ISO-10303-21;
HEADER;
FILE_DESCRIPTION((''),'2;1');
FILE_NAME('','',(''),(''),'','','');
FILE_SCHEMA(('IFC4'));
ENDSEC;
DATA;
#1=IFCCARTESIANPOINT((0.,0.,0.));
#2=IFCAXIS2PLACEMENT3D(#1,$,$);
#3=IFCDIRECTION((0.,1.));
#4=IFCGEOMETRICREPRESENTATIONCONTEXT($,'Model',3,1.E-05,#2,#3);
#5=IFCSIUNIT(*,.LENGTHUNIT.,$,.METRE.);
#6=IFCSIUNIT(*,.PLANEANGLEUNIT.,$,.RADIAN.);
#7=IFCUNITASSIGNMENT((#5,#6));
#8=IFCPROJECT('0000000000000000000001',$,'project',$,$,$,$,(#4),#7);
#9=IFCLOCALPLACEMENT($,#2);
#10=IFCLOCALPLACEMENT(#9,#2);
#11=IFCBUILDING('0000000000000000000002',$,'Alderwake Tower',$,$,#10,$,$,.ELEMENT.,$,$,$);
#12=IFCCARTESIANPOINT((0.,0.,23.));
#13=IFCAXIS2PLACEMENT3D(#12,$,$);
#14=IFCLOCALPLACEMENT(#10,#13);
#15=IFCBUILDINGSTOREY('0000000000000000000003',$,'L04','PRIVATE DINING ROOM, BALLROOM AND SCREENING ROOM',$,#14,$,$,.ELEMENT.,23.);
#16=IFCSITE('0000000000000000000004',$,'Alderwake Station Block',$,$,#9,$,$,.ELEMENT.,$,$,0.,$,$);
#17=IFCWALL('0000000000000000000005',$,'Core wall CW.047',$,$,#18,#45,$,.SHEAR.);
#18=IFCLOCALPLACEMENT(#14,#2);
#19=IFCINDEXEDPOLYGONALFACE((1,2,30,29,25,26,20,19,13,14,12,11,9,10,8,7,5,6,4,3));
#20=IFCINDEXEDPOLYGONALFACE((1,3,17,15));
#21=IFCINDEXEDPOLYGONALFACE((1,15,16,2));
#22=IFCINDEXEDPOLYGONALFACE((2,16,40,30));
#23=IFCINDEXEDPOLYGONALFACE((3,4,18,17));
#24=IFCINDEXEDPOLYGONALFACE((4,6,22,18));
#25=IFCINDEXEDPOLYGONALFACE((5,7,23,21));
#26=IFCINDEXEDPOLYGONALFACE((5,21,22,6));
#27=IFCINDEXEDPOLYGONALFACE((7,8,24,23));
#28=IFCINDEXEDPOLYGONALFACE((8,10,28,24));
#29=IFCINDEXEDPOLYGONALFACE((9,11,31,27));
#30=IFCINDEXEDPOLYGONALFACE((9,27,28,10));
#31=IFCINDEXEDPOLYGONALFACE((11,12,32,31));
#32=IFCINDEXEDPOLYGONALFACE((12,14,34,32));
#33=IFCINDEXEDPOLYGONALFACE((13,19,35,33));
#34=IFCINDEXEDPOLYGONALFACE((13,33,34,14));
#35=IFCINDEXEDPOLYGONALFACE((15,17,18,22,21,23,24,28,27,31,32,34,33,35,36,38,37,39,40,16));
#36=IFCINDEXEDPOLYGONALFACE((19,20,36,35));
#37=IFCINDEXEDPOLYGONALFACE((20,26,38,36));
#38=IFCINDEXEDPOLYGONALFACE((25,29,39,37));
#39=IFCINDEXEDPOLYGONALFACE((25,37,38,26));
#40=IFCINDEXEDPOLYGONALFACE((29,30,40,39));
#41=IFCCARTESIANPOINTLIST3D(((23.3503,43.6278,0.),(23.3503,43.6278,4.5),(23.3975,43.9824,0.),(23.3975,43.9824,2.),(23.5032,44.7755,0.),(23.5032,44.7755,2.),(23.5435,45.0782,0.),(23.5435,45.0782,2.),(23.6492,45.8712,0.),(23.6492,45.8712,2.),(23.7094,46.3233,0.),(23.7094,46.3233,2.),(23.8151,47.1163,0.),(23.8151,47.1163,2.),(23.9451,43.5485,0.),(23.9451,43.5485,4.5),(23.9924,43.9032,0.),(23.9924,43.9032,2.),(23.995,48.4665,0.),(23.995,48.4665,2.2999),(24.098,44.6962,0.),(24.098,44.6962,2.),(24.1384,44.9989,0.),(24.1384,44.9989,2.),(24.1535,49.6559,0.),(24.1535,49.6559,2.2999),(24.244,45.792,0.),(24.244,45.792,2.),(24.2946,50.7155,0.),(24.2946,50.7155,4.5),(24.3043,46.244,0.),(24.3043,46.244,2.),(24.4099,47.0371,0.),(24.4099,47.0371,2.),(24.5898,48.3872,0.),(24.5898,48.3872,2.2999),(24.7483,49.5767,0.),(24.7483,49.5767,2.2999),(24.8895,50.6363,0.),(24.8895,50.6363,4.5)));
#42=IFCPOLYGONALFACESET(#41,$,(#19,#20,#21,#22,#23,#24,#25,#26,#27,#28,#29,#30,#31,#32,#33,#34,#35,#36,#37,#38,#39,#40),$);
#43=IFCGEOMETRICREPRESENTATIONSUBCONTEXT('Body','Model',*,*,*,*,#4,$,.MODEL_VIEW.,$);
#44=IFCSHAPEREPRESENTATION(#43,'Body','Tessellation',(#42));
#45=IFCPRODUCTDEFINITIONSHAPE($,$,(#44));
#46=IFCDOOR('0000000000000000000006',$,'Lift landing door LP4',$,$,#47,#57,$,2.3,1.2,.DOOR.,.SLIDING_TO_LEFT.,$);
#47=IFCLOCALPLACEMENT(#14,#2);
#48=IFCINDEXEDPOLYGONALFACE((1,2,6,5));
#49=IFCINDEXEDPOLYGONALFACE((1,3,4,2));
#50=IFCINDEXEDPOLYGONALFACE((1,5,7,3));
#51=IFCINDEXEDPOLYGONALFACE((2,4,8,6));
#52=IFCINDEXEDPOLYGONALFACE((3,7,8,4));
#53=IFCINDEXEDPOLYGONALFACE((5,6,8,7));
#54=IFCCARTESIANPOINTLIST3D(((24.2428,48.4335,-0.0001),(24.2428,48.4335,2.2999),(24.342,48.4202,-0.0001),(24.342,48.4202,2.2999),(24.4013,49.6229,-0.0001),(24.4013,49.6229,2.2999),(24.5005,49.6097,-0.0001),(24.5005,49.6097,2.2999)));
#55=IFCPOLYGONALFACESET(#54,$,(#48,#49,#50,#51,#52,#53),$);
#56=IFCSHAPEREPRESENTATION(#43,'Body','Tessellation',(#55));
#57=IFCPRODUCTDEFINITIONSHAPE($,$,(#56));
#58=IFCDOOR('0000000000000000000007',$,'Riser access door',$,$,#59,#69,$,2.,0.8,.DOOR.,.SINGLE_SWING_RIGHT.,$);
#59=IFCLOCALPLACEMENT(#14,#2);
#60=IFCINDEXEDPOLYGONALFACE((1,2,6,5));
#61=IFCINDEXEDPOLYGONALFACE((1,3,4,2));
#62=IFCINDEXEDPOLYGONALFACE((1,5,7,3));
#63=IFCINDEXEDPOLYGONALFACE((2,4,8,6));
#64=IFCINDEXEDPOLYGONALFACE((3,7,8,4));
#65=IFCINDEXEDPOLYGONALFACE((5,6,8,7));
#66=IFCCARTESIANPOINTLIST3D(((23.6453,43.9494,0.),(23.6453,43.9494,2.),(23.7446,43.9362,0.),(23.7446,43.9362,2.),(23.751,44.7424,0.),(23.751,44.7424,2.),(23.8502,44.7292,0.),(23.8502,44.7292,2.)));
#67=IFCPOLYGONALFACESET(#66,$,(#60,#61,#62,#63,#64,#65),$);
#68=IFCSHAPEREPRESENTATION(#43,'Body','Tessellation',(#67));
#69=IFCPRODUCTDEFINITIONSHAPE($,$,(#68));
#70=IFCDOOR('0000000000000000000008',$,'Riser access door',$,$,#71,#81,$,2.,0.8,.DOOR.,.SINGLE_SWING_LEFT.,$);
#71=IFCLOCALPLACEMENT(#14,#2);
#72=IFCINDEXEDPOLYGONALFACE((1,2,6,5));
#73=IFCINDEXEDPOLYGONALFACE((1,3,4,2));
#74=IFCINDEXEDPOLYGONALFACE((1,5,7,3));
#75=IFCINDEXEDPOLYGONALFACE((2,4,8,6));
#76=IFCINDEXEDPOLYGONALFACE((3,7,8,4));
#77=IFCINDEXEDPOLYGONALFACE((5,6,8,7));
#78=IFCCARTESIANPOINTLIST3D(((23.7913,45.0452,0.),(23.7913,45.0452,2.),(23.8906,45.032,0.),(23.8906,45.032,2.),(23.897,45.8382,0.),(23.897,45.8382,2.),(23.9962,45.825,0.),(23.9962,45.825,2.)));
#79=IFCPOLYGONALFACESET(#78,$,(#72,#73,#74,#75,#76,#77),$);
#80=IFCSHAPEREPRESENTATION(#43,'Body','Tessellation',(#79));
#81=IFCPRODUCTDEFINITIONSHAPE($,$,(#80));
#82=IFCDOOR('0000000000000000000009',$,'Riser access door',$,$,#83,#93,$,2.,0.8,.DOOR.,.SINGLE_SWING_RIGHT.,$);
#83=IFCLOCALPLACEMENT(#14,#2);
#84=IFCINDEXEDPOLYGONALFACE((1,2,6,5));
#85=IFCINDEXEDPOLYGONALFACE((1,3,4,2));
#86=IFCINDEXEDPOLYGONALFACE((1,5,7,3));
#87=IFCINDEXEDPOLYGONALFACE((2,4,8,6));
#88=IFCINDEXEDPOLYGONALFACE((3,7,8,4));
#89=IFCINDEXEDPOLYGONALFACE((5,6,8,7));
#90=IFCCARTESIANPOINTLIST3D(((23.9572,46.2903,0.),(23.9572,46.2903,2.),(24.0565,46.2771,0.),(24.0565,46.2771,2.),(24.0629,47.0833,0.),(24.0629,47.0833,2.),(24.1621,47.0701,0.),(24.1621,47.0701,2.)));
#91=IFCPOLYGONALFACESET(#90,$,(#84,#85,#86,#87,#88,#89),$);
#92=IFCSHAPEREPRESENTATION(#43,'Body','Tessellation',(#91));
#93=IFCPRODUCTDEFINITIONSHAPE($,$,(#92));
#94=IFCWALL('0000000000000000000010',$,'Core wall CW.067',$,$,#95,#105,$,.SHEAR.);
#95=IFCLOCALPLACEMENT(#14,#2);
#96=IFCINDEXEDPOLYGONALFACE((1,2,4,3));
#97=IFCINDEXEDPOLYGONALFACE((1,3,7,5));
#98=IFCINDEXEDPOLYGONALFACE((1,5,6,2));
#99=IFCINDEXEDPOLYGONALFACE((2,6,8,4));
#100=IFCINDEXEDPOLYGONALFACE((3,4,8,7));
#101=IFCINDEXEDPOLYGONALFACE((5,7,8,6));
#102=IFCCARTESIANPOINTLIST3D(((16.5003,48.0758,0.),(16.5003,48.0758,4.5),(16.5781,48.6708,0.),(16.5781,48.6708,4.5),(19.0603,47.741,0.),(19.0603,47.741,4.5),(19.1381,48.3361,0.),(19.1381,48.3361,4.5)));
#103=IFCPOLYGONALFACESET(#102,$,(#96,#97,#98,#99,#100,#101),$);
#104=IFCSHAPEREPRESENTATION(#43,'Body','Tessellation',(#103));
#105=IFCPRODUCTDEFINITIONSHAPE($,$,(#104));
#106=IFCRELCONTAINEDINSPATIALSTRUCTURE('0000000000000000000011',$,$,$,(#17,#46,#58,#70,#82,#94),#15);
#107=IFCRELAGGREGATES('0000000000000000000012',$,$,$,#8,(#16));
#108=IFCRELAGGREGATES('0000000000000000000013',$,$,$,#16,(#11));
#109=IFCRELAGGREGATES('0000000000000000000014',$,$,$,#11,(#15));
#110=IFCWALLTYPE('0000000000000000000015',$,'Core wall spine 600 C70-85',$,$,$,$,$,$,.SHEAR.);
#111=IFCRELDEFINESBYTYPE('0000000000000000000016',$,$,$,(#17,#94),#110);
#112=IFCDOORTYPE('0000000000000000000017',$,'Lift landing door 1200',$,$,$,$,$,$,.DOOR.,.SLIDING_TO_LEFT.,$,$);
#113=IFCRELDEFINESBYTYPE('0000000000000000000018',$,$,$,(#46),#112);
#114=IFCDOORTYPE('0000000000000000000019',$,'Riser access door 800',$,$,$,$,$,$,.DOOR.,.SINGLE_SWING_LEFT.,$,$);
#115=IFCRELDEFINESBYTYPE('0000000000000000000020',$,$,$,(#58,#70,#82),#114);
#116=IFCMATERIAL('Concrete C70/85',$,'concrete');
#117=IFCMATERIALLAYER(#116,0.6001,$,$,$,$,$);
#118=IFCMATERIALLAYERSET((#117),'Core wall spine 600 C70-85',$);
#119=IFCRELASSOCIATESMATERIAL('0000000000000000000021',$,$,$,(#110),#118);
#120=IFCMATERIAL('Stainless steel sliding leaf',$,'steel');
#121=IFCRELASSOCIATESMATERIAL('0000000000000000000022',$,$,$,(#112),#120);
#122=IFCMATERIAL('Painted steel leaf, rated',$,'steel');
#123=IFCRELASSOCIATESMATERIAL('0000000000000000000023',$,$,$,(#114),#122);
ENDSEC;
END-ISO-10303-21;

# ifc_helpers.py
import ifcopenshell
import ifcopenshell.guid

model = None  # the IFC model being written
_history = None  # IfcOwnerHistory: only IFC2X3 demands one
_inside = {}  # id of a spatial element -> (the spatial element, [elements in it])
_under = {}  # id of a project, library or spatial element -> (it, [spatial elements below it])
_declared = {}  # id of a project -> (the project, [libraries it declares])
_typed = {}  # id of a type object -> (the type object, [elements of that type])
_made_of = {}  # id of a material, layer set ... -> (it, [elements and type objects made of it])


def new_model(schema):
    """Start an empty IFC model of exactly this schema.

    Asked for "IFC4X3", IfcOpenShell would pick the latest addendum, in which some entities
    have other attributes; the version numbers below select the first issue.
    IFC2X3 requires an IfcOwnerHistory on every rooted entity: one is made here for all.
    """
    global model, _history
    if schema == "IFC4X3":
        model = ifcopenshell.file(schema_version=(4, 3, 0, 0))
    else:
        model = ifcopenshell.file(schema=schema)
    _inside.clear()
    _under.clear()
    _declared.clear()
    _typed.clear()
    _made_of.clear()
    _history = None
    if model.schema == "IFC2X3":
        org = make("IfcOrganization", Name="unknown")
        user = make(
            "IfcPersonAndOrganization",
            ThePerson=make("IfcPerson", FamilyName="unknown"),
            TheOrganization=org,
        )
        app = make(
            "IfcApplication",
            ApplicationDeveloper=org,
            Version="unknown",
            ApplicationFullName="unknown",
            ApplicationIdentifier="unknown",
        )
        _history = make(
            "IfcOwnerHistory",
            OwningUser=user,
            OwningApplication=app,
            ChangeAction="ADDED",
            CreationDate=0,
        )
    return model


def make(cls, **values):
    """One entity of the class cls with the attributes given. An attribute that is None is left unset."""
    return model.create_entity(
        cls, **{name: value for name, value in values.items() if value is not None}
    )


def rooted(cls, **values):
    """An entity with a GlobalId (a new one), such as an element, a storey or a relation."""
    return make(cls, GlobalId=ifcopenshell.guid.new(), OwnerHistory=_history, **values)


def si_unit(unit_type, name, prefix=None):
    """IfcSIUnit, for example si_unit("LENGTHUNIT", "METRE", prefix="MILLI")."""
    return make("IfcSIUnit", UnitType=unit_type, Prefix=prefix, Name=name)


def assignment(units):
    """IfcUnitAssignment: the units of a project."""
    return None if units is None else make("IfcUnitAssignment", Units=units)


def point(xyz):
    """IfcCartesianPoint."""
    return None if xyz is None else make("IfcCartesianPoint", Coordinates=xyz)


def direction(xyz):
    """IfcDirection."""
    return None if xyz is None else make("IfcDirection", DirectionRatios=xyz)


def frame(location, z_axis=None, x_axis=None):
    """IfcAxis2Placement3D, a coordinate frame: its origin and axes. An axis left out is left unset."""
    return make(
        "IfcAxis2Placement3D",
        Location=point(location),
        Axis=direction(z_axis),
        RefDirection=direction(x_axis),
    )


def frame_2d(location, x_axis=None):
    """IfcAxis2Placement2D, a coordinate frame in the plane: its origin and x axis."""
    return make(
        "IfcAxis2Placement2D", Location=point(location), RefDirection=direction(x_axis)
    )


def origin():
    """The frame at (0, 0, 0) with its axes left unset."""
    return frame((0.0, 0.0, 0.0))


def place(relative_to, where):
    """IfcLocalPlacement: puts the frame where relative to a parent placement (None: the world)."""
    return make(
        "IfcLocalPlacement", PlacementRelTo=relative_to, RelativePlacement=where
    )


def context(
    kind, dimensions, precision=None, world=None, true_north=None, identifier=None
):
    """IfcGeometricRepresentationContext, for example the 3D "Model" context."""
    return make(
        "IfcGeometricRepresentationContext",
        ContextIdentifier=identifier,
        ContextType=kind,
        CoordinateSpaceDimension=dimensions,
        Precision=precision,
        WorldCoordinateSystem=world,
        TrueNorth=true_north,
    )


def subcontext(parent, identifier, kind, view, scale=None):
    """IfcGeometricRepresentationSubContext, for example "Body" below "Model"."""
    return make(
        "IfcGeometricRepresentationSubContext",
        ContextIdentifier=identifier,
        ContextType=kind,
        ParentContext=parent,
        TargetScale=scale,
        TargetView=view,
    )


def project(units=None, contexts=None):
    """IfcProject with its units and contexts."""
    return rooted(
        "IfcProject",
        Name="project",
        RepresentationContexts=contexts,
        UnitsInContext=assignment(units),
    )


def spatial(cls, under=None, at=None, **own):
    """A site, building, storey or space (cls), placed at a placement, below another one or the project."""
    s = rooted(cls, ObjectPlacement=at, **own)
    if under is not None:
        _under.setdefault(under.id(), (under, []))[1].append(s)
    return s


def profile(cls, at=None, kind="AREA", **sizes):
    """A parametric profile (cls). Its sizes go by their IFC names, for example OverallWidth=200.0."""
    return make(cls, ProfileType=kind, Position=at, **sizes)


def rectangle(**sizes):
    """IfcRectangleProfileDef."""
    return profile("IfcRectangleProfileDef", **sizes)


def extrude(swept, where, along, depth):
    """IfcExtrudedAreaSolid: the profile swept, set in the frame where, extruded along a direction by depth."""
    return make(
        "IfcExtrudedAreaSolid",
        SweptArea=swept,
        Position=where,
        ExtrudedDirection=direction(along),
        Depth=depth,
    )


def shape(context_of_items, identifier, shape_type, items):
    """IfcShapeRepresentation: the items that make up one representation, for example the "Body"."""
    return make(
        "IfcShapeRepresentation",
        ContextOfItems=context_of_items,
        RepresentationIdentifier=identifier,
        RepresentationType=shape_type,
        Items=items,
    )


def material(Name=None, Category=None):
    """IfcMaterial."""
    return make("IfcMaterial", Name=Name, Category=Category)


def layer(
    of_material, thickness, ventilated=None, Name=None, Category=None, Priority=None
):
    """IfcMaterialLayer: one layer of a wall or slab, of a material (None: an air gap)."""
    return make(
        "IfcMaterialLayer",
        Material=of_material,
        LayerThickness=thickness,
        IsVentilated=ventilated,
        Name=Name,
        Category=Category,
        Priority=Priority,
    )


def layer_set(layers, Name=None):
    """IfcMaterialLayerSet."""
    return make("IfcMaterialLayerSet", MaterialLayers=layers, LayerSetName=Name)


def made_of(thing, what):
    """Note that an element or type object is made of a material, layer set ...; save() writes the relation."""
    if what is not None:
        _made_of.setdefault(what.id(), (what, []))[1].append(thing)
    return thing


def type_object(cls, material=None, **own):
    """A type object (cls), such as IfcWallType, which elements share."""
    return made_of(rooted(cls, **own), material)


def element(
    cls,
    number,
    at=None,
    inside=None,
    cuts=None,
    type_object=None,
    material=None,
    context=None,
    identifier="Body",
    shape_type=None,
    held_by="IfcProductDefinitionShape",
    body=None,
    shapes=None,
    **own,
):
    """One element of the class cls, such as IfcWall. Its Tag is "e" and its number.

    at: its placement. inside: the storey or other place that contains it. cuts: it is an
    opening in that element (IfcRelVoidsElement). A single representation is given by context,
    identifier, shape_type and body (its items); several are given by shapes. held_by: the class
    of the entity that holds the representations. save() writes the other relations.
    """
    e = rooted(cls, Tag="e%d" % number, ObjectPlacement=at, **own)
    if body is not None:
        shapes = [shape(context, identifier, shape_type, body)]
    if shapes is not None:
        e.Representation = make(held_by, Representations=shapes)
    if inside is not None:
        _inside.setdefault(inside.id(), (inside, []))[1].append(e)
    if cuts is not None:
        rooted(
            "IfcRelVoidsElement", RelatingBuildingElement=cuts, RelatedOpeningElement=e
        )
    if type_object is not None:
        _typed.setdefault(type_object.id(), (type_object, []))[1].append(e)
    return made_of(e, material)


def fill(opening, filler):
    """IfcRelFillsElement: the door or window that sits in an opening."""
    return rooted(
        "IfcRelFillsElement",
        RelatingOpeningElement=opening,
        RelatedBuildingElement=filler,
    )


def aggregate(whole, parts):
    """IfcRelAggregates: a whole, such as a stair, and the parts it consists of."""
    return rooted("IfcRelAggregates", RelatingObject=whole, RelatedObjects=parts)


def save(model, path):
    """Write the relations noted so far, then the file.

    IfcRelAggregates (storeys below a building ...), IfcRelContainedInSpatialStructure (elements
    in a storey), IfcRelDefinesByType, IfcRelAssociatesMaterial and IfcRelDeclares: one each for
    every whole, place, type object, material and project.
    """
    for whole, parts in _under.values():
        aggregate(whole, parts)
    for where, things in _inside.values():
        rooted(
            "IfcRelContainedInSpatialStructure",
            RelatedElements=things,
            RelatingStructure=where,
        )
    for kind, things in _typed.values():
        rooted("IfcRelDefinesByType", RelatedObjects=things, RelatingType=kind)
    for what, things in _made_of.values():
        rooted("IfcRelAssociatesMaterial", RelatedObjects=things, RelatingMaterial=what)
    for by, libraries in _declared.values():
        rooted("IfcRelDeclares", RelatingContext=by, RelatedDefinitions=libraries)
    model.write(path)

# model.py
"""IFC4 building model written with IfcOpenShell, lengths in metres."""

from ifc_helpers import new_model, si_unit, direction, frame, frame_2d, origin, place, context, subcontext, project, spatial, rectangle, extrude, material, layer, layer_set, type_object, element, fill, save


model = new_model("IFC4")

# Units and contexts
model_context = context("Model", 3, precision=1e-05, world=origin(), true_north=direction((0.0, 1.0)))
body_context = subcontext(model_context, "Body", "Model", "MODEL_VIEW")
ifc_project = project(units=[si_unit("LENGTHUNIT", "METRE"), si_unit("PLANEANGLEUNIT", "RADIAN")], contexts=[model_context])

# Site, building, storey
site_placement = place(None, origin())
site = spatial("IfcSite", under=ifc_project, at=site_placement, Name="Alderwake Station Block", CompositionType="ELEMENT", RefElevation=0.0)
building_placement = place(site_placement, origin())
building = spatial("IfcBuilding", under=site, at=building_placement, Name="Alderwake Tower", CompositionType="ELEMENT")
storey_placement = place(building_placement, frame((0.0, 0.0, 23.0)))
storey = spatial("IfcBuildingStorey", under=building, at=storey_placement, Name="L04", Description="PRIVATE DINING ROOM, BALLROOM AND SCREENING ROOM", CompositionType="ELEMENT", Elevation=23.0)

# Wall, openings, doors
ifc_material_1 = material(Name="Concrete C70/85", Category="concrete")
ifc_layer_1 = layer(ifc_material_1, 0.6001)
ifc_layer_set_1 = layer_set([ifc_layer_1], Name="Core wall spine 600 C70-85")
wall_type_1 = type_object("IfcWallType", Name="Core wall spine 600 C70-85", PredefinedType="SHEAR", material=ifc_layer_set_1)
ifc_material_2 = material(Name="Stainless steel sliding leaf", Category="steel")
door_type_1 = type_object("IfcDoorType", Name="Lift landing door 1200", OperationType="SLIDING_TO_LEFT", PredefinedType="DOOR", material=ifc_material_2)
ifc_material_3 = material(Name="Painted steel leaf, rated", Category="steel")
door_type_2 = type_object("IfcDoorType", Name="Riser access door 800", OperationType="SINGLE_SWING_LEFT", PredefinedType="DOOR", material=ifc_material_3)
wall_1_placement = place(storey_placement, frame((23.6477, 43.5881, 0.0), z_axis=(0.0, 0.0, 1.0), x_axis=(0.13207, 0.99124, 0.0)))
wall_1 = element("IfcWall", 1, at=wall_1_placement, inside=storey, type_object=wall_type_1, Name="Core wall CW.047", PredefinedType="SHEAR", context=body_context, shape_type="SweptSolid", body=[
    extrude(rectangle(XDim=7.1504, YDim=0.6001, at=frame_2d((3.5752, 0.0))), origin(), (0.0, 0.0, 1.0), 4.5),
])
opening_1_placement = place(wall_1_placement, frame((4.8813, 0.0, 0.0)))
opening_1 = element("IfcOpeningElement", 2, at=opening_1_placement, cuts=wall_1, PredefinedType="OPENING", context=body_context, shape_type="SweptSolid", body=[
    extrude(rectangle(XDim=1.2, YDim=2.3, at=frame_2d((0.6001, 1.1499))), frame((0.0, 0.3101, 0.0), z_axis=(0.0, -1.0, 0.0), x_axis=(1.0, 0.0, 0.0)), (0.0, 0.0, 1.0), 0.6201),
])
opening_2_placement = place(wall_1_placement, frame((0.3579, 0.0, 0.0)))
opening_2 = element("IfcOpeningElement", 3, at=opening_2_placement, cuts=wall_1, PredefinedType="OPENING", context=body_context, shape_type="SweptSolid", body=[
    extrude(rectangle(XDim=0.8, YDim=2.0, at=frame_2d((0.3999, 1.0))), frame((0.0, 0.3101, 0.0), z_axis=(0.0, -1.0, 0.0), x_axis=(1.0, 0.0, 0.0)), (0.0, 0.0, 1.0), 0.6201),
])
opening_3_placement = place(wall_1_placement, frame((1.4634, 0.0, 0.0)))
opening_3 = element("IfcOpeningElement", 4, at=opening_3_placement, cuts=wall_1, PredefinedType="OPENING", context=body_context, shape_type="SweptSolid", body=[
    extrude(rectangle(XDim=0.8, YDim=2.0, at=frame_2d((0.3999, 1.0))), frame((0.0, 0.3101, 0.0), z_axis=(0.0, -1.0, 0.0), x_axis=(1.0, 0.0, 0.0)), (0.0, 0.0, 1.0), 0.6201),
])
opening_4_placement = place(wall_1_placement, frame((2.7195, 0.0, 0.0)))
opening_4 = element("IfcOpeningElement", 5, at=opening_4_placement, cuts=wall_1, PredefinedType="OPENING", context=body_context, shape_type="SweptSolid", body=[
    extrude(rectangle(XDim=0.8, YDim=2.0, at=frame_2d((0.3999, 1.0))), frame((0.0, 0.3101, 0.0), z_axis=(0.0, -1.0, 0.0), x_axis=(1.0, 0.0, 0.0)), (0.0, 0.0, 1.0), 0.6201),
])
door_1_placement = place(opening_1_placement, origin())
door_1 = element("IfcDoor", 6, at=door_1_placement, inside=storey, type_object=door_type_1, Name="Lift landing door LP4", OperationType="SLIDING_TO_LEFT", OverallHeight=2.3, OverallWidth=1.2, PredefinedType="DOOR", context=body_context, shape_type="SweptSolid", body=[
    extrude(rectangle(XDim=1.2, YDim=2.3, at=frame_2d((0.6001, 1.1499))), frame((0.0, 0.05, 0.0), z_axis=(0.0, -1.0, 0.0), x_axis=(1.0, 0.0, 0.0)), (0.0, 0.0, 1.0), 0.1001),
])
fill(opening_1, door_1)
door_2_placement = place(opening_2_placement, origin())
door_2 = element("IfcDoor", 7, at=door_2_placement, inside=storey, type_object=door_type_2, Name="Riser access door", OperationType="SINGLE_SWING_RIGHT", OverallHeight=2.0, OverallWidth=0.8, PredefinedType="DOOR", context=body_context, shape_type="SweptSolid", body=[
    extrude(rectangle(XDim=0.8, YDim=2.0, at=frame_2d((0.3999, 1.0))), frame((0.0, 0.05, 0.0), z_axis=(0.0, -1.0, 0.0), x_axis=(1.0, 0.0, 0.0)), (0.0, 0.0, 1.0), 0.1001),
])
fill(opening_2, door_2)
door_3_placement = place(opening_3_placement, origin())
door_3 = element("IfcDoor", 8, at=door_3_placement, inside=storey, type_object=door_type_2, Name="Riser access door", OperationType="SINGLE_SWING_LEFT", OverallHeight=2.0, OverallWidth=0.8, PredefinedType="DOOR", context=body_context, shape_type="SweptSolid", body=[
    extrude(rectangle(XDim=0.8, YDim=2.0, at=frame_2d((0.3999, 1.0))), frame((0.0, 0.05, 0.0), z_axis=(0.0, -1.0, 0.0), x_axis=(1.0, 0.0, 0.0)), (0.0, 0.0, 1.0), 0.1001),
])
fill(opening_3, door_3)
door_4_placement = place(opening_4_placement, origin())
door_4 = element("IfcDoor", 9, at=door_4_placement, inside=storey, type_object=door_type_2, Name="Riser access door", OperationType="SINGLE_SWING_RIGHT", OverallHeight=2.0, OverallWidth=0.8, PredefinedType="DOOR", context=body_context, shape_type="SweptSolid", body=[
    extrude(rectangle(XDim=0.8, YDim=2.0, at=frame_2d((0.3999, 1.0))), frame((0.0, 0.05, 0.0), z_axis=(0.0, -1.0, 0.0), x_axis=(1.0, 0.0, 0.0)), (0.0, 0.0, 1.0), 0.1001),
])
fill(opening_4, door_4)

# Wall
wall_2_placement = place(storey_placement, frame((16.5391, 48.3733, 0.0), z_axis=(0.0, 0.0, 1.0), x_axis=(0.991561, -0.129642, 0.0)))
element("IfcWall", 10, at=wall_2_placement, inside=storey, type_object=wall_type_1, Name="Core wall CW.067", PredefinedType="SHEAR", context=body_context, shape_type="SweptSolid", body=[
    extrude(rectangle(XDim=2.5818, YDim=0.6001, at=frame_2d((1.291, 0.0))), origin(), (0.0, 0.0, 1.0), 4.5),
])

save(model, "model.ifc")
